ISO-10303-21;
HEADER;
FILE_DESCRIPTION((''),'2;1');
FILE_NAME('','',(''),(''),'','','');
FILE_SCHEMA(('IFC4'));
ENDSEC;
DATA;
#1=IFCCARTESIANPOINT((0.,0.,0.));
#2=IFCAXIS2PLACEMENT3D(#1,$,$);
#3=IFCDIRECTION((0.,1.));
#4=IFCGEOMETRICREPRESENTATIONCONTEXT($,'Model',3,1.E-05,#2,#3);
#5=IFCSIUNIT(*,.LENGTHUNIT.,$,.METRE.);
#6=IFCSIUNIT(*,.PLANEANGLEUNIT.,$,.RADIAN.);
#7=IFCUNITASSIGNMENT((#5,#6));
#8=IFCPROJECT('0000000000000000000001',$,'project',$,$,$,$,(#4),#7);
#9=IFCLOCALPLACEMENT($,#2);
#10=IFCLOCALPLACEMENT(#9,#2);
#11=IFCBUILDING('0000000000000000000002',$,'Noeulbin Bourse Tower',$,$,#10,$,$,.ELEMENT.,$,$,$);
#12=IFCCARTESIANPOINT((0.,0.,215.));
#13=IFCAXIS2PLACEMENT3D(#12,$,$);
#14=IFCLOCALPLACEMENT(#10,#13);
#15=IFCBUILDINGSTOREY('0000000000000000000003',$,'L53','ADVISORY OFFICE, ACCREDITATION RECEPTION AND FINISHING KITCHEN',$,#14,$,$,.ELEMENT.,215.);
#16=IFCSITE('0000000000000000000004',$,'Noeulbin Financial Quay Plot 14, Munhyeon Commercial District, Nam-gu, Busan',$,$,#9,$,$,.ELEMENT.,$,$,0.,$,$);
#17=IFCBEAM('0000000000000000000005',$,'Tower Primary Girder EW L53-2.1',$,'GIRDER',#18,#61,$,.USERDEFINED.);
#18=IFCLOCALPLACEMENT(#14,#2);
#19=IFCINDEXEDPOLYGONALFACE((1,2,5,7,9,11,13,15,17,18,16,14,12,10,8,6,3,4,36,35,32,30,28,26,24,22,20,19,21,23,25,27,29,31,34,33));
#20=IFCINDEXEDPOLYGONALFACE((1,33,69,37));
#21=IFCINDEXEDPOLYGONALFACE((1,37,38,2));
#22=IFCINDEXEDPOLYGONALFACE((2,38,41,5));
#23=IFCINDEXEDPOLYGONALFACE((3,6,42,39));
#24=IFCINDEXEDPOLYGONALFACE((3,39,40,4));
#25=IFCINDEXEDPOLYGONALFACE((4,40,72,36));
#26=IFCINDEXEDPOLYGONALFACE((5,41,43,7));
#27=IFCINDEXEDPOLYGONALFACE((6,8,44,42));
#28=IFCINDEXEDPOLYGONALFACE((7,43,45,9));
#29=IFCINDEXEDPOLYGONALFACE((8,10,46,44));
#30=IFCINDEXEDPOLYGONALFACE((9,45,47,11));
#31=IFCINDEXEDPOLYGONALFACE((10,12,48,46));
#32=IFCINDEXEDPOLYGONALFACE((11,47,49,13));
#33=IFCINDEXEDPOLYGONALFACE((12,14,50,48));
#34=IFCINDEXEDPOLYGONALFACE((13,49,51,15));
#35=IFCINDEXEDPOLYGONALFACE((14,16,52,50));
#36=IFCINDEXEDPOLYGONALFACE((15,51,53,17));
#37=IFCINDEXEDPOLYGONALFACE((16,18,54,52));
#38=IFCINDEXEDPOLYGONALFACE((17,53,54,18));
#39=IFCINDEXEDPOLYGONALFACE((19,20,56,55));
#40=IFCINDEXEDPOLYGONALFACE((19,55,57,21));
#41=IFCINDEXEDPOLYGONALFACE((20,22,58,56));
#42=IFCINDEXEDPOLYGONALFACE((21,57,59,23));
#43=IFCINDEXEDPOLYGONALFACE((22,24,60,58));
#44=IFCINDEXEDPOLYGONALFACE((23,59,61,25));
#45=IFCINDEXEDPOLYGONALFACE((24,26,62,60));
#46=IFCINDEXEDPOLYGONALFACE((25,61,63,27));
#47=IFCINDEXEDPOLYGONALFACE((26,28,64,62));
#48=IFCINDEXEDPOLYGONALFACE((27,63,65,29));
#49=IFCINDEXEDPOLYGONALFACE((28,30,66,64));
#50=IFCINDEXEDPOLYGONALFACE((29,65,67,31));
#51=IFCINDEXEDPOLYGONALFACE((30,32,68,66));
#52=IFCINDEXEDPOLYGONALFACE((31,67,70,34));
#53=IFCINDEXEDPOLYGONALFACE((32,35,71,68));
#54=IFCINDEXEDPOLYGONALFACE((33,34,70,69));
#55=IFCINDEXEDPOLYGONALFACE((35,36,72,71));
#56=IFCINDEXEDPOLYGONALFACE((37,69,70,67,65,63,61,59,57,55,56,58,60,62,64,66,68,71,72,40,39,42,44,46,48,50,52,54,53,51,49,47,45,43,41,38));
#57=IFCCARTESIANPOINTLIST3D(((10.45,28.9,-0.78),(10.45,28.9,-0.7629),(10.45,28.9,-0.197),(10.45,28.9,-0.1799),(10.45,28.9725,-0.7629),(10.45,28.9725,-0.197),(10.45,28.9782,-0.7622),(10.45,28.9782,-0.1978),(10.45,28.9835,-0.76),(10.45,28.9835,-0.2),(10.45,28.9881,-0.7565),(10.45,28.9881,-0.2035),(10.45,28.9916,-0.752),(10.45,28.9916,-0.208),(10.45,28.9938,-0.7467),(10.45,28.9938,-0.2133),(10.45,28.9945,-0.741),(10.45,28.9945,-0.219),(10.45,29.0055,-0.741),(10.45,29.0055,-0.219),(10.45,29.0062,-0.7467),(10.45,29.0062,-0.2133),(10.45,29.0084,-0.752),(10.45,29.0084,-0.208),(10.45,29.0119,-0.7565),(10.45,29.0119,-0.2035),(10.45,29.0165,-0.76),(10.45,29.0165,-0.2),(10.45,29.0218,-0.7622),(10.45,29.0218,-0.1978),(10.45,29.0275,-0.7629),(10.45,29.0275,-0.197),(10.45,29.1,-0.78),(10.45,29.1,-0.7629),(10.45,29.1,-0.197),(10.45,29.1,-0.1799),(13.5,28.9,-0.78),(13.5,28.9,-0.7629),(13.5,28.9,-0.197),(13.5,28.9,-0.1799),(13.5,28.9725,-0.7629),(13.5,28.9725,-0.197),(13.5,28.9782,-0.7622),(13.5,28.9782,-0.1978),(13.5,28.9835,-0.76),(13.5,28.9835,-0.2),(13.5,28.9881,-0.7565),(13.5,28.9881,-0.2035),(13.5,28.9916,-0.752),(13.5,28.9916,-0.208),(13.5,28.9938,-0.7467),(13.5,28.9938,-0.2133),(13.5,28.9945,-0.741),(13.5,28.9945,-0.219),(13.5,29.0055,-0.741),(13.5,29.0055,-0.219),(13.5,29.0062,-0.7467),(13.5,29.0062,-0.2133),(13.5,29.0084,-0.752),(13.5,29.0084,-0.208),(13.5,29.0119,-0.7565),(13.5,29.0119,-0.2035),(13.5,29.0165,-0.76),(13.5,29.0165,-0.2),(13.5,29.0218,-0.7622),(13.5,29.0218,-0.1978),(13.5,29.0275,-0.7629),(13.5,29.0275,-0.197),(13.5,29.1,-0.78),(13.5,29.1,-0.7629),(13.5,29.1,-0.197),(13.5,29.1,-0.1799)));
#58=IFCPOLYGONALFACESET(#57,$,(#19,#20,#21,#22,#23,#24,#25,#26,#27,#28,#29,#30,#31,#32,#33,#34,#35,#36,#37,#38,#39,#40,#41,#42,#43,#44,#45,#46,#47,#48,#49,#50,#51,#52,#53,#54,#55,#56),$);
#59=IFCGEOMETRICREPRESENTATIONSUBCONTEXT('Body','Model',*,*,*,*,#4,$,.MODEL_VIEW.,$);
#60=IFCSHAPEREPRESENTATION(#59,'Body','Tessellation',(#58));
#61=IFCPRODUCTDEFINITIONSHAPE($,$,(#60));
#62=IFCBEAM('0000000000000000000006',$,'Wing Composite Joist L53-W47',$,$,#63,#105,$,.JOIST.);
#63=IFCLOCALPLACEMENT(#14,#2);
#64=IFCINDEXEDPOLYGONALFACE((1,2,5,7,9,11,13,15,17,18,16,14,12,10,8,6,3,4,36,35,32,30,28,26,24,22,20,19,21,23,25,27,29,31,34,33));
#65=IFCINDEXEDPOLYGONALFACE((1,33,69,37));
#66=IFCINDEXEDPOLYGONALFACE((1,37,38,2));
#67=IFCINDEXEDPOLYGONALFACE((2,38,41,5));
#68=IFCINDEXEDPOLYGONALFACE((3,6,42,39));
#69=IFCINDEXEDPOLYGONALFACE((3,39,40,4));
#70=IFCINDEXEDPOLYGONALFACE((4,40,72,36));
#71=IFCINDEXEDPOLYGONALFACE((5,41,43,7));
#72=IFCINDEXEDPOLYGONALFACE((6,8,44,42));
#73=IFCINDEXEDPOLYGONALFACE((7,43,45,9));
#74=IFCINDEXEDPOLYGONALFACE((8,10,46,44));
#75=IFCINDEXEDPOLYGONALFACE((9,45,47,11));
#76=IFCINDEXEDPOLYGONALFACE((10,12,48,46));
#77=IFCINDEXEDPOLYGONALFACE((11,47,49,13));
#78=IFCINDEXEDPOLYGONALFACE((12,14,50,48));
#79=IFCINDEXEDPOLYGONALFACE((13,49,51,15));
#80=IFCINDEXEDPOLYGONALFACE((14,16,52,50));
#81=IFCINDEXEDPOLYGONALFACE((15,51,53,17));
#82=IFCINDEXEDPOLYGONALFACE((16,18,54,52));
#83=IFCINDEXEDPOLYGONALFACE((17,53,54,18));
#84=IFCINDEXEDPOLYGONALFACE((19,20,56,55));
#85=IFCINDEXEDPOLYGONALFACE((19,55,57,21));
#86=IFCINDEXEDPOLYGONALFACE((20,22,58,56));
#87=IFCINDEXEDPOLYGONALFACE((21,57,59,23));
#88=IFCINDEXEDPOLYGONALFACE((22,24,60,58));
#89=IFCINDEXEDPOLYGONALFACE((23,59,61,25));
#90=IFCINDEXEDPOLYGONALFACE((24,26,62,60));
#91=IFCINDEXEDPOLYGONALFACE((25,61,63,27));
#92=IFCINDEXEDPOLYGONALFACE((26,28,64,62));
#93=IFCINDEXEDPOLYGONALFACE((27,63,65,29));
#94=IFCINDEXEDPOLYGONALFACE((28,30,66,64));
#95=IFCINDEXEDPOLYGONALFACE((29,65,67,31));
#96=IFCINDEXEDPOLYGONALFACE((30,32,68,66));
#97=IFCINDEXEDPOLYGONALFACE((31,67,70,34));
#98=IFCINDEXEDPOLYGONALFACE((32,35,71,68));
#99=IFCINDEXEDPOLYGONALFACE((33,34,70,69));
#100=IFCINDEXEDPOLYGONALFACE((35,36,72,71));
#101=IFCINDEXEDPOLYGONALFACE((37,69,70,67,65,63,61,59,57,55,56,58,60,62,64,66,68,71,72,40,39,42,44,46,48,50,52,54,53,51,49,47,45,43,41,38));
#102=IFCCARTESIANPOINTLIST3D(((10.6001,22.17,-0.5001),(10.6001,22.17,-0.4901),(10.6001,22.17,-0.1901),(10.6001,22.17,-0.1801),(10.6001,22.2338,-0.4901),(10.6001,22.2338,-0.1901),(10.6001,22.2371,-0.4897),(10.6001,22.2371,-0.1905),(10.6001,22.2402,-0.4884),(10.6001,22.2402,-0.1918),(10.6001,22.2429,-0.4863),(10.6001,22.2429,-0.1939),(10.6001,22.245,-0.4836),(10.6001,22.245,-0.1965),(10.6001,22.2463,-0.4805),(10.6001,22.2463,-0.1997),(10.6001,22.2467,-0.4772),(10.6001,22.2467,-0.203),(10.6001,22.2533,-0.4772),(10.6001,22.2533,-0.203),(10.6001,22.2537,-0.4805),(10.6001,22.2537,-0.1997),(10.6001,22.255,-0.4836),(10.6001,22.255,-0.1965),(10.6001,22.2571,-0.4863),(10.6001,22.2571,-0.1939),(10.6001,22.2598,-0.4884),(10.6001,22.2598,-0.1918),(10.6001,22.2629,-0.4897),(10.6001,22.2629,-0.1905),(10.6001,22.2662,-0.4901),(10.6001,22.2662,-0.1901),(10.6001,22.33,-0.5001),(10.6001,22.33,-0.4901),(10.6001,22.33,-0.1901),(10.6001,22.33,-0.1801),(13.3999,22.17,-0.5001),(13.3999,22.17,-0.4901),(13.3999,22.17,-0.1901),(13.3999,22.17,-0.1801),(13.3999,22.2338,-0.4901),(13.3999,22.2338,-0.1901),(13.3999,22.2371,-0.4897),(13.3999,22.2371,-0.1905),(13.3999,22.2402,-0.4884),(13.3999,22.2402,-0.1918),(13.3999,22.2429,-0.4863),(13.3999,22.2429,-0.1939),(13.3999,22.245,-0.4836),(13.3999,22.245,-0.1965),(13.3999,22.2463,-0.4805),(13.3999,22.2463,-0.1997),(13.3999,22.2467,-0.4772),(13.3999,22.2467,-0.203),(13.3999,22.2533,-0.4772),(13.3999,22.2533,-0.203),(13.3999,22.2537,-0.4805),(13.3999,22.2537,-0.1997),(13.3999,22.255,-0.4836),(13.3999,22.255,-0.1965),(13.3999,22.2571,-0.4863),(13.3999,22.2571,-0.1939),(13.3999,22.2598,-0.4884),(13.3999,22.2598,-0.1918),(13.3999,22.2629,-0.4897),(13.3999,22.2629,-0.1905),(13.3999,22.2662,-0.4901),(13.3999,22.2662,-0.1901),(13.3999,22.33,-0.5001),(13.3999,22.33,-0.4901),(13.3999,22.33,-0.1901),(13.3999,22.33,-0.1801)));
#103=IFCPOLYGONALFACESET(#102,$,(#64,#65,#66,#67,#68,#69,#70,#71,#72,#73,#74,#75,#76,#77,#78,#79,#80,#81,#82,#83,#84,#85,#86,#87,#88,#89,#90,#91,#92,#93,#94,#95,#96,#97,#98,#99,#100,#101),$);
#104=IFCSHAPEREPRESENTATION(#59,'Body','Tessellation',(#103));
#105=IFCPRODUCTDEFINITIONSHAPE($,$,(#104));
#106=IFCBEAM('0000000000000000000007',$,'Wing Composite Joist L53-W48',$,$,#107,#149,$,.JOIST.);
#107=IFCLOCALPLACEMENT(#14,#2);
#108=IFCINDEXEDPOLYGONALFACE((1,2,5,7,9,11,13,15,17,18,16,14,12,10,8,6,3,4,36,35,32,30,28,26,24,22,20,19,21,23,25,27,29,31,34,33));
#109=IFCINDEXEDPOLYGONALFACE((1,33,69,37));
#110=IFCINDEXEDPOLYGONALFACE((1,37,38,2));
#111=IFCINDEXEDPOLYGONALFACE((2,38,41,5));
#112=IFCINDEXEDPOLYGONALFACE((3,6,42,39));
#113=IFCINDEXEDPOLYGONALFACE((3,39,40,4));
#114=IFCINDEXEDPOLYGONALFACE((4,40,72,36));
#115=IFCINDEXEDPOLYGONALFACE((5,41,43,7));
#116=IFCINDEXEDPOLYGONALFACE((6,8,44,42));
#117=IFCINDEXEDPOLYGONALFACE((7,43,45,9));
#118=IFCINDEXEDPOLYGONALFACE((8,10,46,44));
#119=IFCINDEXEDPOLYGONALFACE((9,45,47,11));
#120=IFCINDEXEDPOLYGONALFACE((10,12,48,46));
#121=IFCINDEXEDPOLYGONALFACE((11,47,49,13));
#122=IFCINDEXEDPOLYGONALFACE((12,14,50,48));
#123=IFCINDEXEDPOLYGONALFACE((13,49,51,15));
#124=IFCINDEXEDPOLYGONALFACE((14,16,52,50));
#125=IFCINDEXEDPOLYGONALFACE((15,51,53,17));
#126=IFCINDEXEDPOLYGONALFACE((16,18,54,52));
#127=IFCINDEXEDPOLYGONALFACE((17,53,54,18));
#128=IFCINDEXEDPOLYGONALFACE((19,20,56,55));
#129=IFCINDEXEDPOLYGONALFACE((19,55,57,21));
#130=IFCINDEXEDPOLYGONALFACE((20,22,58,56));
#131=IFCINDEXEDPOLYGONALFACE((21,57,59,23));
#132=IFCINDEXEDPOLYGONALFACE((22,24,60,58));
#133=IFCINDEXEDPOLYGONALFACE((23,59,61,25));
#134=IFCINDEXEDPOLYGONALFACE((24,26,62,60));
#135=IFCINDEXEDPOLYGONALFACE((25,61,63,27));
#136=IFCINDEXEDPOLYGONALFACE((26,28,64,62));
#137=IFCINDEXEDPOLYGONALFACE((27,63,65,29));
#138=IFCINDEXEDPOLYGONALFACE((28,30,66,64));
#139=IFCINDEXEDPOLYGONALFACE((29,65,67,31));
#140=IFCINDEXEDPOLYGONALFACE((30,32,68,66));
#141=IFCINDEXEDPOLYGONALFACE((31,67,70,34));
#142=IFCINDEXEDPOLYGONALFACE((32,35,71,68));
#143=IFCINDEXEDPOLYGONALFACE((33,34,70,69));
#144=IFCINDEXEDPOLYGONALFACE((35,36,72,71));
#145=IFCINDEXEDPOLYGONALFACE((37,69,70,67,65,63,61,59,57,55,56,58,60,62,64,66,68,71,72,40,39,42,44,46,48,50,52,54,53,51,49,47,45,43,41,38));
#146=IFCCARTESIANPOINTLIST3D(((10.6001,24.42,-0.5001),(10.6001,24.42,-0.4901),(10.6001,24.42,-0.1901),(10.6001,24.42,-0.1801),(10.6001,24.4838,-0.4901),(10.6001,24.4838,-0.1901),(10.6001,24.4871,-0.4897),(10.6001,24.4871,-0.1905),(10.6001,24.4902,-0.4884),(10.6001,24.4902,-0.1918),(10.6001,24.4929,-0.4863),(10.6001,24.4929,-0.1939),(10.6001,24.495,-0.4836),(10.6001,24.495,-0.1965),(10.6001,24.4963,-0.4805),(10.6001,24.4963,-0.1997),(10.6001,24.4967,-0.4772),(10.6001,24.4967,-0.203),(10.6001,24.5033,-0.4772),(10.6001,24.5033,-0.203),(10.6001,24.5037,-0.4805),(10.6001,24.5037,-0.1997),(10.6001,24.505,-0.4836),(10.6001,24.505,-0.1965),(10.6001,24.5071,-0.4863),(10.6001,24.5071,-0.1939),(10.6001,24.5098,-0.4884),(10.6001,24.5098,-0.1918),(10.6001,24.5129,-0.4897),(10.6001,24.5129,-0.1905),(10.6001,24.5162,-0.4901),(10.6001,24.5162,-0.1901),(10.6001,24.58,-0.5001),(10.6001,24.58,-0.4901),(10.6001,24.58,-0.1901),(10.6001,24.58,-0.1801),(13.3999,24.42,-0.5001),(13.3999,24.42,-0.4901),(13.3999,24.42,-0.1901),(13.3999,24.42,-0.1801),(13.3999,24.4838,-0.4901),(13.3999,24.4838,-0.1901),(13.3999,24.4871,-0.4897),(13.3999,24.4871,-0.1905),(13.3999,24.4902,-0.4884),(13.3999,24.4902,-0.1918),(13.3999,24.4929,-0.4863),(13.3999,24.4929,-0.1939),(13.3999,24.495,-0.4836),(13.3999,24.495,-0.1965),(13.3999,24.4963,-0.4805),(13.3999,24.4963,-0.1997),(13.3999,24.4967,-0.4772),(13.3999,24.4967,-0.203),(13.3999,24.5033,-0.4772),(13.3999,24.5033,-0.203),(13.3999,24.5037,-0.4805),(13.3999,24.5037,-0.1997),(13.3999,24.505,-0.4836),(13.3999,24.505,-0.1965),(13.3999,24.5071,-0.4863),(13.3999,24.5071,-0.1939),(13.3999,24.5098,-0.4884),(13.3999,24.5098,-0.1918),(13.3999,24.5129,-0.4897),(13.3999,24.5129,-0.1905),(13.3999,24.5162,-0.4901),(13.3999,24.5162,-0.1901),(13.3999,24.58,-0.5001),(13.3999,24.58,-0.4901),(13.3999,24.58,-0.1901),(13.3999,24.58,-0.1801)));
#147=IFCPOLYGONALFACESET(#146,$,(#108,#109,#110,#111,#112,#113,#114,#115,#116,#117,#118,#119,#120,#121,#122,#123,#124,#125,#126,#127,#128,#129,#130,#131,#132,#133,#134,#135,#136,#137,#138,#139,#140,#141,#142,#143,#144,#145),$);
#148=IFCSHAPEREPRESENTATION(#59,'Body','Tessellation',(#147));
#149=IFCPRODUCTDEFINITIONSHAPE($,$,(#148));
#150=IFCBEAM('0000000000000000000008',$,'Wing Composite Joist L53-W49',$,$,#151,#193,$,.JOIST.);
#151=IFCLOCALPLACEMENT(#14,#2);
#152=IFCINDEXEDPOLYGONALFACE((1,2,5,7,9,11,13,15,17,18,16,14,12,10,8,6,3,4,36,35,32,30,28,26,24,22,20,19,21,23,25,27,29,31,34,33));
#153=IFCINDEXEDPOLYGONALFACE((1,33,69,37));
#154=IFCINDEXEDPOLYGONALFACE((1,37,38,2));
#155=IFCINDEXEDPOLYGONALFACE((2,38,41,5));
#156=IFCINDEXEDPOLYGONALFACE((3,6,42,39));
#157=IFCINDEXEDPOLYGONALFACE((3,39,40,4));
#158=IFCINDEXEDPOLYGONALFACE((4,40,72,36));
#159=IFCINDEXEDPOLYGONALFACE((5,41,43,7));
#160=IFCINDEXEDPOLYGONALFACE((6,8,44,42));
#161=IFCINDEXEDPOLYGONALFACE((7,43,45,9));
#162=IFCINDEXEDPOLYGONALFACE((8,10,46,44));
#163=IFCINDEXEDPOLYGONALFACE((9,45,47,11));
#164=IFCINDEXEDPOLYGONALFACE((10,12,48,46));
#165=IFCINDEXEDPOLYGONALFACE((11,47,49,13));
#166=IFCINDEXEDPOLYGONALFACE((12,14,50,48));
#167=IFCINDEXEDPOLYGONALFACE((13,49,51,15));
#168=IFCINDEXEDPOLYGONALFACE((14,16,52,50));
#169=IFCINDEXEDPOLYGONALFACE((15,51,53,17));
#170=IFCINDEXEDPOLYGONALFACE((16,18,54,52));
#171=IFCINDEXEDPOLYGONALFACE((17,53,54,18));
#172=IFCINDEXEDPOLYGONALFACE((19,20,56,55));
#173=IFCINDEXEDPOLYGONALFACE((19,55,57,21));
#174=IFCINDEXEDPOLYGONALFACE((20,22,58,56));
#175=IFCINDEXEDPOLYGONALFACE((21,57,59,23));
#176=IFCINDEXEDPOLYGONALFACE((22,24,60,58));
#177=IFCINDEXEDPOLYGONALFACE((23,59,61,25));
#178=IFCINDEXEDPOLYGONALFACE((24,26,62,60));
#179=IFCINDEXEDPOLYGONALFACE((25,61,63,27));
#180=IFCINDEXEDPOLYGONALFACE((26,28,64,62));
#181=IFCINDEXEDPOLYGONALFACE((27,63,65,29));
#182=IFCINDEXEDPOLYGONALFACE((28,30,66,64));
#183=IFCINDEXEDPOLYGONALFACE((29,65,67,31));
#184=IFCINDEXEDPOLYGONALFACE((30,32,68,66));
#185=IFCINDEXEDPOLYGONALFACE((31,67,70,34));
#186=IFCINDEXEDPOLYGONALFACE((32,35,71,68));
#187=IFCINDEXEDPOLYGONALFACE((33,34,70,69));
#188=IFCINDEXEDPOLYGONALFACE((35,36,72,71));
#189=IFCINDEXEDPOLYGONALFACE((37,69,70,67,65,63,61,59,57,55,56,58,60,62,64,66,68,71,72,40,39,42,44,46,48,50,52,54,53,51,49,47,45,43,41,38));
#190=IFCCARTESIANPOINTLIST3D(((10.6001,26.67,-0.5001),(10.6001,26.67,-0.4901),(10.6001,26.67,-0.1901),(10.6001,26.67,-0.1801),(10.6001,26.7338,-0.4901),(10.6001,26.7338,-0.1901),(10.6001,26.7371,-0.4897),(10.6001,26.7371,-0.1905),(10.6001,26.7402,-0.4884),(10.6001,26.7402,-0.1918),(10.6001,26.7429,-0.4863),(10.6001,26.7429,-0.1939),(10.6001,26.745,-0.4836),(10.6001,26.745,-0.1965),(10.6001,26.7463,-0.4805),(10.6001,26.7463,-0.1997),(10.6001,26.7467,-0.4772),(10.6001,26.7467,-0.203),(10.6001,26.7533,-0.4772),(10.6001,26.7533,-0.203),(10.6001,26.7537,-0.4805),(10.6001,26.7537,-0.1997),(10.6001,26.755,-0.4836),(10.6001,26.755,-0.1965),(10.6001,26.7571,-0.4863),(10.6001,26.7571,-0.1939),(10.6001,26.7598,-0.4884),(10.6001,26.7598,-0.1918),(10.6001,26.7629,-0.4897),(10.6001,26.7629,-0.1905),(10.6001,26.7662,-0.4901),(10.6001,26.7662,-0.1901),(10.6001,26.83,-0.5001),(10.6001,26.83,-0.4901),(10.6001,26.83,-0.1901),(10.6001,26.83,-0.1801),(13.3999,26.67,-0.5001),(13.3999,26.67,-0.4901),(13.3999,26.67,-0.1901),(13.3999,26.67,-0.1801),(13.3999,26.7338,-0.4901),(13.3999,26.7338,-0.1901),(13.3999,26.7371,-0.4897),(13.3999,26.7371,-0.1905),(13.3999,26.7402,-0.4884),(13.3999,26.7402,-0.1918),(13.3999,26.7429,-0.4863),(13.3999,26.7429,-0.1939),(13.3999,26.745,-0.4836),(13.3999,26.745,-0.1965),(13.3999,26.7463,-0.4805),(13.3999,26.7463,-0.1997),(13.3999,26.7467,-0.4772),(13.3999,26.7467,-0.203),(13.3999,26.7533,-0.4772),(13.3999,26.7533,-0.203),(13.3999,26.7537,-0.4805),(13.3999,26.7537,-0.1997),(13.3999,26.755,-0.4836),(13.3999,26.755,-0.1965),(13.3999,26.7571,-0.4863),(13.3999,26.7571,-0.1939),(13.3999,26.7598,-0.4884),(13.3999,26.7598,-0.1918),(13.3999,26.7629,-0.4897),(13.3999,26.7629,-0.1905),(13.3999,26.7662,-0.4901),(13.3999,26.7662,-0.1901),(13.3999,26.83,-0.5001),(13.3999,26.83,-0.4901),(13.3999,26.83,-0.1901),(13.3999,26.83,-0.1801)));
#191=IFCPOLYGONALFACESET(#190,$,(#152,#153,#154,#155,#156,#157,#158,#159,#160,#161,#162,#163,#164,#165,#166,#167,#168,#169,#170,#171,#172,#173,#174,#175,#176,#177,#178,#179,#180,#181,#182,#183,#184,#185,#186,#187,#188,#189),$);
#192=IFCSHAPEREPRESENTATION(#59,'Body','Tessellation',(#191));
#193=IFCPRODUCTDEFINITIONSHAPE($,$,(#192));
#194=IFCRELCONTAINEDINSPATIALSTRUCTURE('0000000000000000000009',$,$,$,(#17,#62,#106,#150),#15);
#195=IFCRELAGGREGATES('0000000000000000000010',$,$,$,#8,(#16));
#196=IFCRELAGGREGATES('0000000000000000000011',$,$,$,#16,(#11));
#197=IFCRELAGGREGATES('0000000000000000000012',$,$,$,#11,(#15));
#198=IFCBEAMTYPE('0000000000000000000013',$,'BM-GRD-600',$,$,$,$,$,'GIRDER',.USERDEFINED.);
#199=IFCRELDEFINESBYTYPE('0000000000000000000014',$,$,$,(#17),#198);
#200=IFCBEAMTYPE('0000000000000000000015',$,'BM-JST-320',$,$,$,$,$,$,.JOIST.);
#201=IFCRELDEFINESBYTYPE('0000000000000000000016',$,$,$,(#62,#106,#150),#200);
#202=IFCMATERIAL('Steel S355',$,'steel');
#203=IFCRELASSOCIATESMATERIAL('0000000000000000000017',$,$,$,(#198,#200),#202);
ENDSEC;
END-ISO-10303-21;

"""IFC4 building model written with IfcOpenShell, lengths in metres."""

from ifc_helpers import new_model, si_unit, direction, frame, origin, origin_2d, place, context, subcontext, project, spatial, i_section, extrude, material, material_profile, profile_set, type_object, element, save


model = new_model("IFC4")

# Units and contexts
model_context = context("Model", 3, precision=1e-05, world=origin(), true_north=direction((0.0, 1.0)))
body_context = subcontext(model_context, "Body", "Model", "MODEL_VIEW")
ifc_project = project(units=[si_unit("LENGTHUNIT", "METRE"), si_unit("PLANEANGLEUNIT", "RADIAN")], contexts=[model_context])

# Site, building, storey
site_placement = place(None, origin())
site = spatial("IfcSite", under=ifc_project, at=site_placement, Name="Noeulbin Financial Quay Plot 14, Munhyeon Commercial District, Nam-gu, Busan", CompositionType="ELEMENT", RefElevation=0.0)
building_placement = place(site_placement, origin())
building = spatial("IfcBuilding", under=site, at=building_placement, Name="Noeulbin Bourse Tower", CompositionType="ELEMENT")
storey_placement = place(building_placement, frame((0.0, 0.0, 215.0)))
storey = spatial("IfcBuildingStorey", under=building, at=storey_placement, Name="L53", Description="ADVISORY OFFICE, ACCREDITATION RECEPTION AND FINISHING KITCHEN", CompositionType="ELEMENT", Elevation=215.0)

# Shared definitions
ifc_material_1 = material(Name="Steel S355", Category="steel")

# Beams
ifc_material_profile_1 = material_profile(ifc_material_1, i_section(OverallWidth=0.2, OverallDepth=0.6001, WebThickness=0.011, FlangeThickness=0.0171, FilletRadius=0.022, at=origin_2d()), Name="H-600x200x11x17", Category="LoadBearing")
ifc_profile_set_1 = profile_set([ifc_material_profile_1], Name="Steel S355")
beam_type_1 = type_object("IfcBeamType", Name="BM-GRD-600", ElementType="GIRDER", PredefinedType="USERDEFINED", material=ifc_profile_set_1)
beam_1_placement = place(storey_placement, frame((10.45, 29.0, -0.48), z_axis=(1.0, 0.0, 0.0), x_axis=(0.0, 1.0, 0.0)))
element("IfcBeam", 1, at=beam_1_placement, inside=storey, type_object=beam_type_1, Name="Tower Primary Girder EW L53-2.1", ObjectType="GIRDER", PredefinedType="USERDEFINED", context=body_context, shape_type="SweptSolid", body=[
    extrude(i_section(OverallWidth=0.2, OverallDepth=0.6001, WebThickness=0.011, FlangeThickness=0.0171, FilletRadius=0.022, at=origin_2d()), origin(), (0.0, 0.0, 1.0), 3.05),
])
ifc_material_profile_2 = material_profile(ifc_material_1, i_section(OverallWidth=0.1599, OverallDepth=0.3201, WebThickness=0.0066, FlangeThickness=0.01, FilletRadius=0.0129, at=origin_2d()), Name="H-320x160x6.5x10", Category="LoadBearing")
ifc_profile_set_2 = profile_set([ifc_material_profile_2], Name="Steel S355")
beam_type_2 = type_object("IfcBeamType", Name="BM-JST-320", PredefinedType="JOIST", material=ifc_profile_set_2)
for number, where, z_axis, x_axis, name in (
    (2, (10.6001, 22.25, -0.3401), (1.0, 0.0, 0.0), (0.0, 1.0, 0.0), "Wing Composite Joist L53-W47"),
    (3, (10.6001, 24.5, -0.3401), (1.0, 0.0, 0.0), (0.0, 1.0, 0.0), "Wing Composite Joist L53-W48"),
    (4, (10.6001, 26.75, -0.3401), (1.0, 0.0, 0.0), (0.0, 1.0, 0.0), "Wing Composite Joist L53-W49"),
):
    element("IfcBeam", number, at=place(storey_placement, frame(where, z_axis=z_axis, x_axis=x_axis)), inside=storey, type_object=beam_type_2, Name=name, PredefinedType="JOIST", context=body_context, shape_type="SweptSolid", body=[
        extrude(i_section(OverallWidth=0.1599, OverallDepth=0.3201, WebThickness=0.0066, FlangeThickness=0.01, FilletRadius=0.0129, at=origin_2d()), origin(), (0.0, 0.0, 1.0), 2.7998),
    ])

save(model, "model.ifc")
